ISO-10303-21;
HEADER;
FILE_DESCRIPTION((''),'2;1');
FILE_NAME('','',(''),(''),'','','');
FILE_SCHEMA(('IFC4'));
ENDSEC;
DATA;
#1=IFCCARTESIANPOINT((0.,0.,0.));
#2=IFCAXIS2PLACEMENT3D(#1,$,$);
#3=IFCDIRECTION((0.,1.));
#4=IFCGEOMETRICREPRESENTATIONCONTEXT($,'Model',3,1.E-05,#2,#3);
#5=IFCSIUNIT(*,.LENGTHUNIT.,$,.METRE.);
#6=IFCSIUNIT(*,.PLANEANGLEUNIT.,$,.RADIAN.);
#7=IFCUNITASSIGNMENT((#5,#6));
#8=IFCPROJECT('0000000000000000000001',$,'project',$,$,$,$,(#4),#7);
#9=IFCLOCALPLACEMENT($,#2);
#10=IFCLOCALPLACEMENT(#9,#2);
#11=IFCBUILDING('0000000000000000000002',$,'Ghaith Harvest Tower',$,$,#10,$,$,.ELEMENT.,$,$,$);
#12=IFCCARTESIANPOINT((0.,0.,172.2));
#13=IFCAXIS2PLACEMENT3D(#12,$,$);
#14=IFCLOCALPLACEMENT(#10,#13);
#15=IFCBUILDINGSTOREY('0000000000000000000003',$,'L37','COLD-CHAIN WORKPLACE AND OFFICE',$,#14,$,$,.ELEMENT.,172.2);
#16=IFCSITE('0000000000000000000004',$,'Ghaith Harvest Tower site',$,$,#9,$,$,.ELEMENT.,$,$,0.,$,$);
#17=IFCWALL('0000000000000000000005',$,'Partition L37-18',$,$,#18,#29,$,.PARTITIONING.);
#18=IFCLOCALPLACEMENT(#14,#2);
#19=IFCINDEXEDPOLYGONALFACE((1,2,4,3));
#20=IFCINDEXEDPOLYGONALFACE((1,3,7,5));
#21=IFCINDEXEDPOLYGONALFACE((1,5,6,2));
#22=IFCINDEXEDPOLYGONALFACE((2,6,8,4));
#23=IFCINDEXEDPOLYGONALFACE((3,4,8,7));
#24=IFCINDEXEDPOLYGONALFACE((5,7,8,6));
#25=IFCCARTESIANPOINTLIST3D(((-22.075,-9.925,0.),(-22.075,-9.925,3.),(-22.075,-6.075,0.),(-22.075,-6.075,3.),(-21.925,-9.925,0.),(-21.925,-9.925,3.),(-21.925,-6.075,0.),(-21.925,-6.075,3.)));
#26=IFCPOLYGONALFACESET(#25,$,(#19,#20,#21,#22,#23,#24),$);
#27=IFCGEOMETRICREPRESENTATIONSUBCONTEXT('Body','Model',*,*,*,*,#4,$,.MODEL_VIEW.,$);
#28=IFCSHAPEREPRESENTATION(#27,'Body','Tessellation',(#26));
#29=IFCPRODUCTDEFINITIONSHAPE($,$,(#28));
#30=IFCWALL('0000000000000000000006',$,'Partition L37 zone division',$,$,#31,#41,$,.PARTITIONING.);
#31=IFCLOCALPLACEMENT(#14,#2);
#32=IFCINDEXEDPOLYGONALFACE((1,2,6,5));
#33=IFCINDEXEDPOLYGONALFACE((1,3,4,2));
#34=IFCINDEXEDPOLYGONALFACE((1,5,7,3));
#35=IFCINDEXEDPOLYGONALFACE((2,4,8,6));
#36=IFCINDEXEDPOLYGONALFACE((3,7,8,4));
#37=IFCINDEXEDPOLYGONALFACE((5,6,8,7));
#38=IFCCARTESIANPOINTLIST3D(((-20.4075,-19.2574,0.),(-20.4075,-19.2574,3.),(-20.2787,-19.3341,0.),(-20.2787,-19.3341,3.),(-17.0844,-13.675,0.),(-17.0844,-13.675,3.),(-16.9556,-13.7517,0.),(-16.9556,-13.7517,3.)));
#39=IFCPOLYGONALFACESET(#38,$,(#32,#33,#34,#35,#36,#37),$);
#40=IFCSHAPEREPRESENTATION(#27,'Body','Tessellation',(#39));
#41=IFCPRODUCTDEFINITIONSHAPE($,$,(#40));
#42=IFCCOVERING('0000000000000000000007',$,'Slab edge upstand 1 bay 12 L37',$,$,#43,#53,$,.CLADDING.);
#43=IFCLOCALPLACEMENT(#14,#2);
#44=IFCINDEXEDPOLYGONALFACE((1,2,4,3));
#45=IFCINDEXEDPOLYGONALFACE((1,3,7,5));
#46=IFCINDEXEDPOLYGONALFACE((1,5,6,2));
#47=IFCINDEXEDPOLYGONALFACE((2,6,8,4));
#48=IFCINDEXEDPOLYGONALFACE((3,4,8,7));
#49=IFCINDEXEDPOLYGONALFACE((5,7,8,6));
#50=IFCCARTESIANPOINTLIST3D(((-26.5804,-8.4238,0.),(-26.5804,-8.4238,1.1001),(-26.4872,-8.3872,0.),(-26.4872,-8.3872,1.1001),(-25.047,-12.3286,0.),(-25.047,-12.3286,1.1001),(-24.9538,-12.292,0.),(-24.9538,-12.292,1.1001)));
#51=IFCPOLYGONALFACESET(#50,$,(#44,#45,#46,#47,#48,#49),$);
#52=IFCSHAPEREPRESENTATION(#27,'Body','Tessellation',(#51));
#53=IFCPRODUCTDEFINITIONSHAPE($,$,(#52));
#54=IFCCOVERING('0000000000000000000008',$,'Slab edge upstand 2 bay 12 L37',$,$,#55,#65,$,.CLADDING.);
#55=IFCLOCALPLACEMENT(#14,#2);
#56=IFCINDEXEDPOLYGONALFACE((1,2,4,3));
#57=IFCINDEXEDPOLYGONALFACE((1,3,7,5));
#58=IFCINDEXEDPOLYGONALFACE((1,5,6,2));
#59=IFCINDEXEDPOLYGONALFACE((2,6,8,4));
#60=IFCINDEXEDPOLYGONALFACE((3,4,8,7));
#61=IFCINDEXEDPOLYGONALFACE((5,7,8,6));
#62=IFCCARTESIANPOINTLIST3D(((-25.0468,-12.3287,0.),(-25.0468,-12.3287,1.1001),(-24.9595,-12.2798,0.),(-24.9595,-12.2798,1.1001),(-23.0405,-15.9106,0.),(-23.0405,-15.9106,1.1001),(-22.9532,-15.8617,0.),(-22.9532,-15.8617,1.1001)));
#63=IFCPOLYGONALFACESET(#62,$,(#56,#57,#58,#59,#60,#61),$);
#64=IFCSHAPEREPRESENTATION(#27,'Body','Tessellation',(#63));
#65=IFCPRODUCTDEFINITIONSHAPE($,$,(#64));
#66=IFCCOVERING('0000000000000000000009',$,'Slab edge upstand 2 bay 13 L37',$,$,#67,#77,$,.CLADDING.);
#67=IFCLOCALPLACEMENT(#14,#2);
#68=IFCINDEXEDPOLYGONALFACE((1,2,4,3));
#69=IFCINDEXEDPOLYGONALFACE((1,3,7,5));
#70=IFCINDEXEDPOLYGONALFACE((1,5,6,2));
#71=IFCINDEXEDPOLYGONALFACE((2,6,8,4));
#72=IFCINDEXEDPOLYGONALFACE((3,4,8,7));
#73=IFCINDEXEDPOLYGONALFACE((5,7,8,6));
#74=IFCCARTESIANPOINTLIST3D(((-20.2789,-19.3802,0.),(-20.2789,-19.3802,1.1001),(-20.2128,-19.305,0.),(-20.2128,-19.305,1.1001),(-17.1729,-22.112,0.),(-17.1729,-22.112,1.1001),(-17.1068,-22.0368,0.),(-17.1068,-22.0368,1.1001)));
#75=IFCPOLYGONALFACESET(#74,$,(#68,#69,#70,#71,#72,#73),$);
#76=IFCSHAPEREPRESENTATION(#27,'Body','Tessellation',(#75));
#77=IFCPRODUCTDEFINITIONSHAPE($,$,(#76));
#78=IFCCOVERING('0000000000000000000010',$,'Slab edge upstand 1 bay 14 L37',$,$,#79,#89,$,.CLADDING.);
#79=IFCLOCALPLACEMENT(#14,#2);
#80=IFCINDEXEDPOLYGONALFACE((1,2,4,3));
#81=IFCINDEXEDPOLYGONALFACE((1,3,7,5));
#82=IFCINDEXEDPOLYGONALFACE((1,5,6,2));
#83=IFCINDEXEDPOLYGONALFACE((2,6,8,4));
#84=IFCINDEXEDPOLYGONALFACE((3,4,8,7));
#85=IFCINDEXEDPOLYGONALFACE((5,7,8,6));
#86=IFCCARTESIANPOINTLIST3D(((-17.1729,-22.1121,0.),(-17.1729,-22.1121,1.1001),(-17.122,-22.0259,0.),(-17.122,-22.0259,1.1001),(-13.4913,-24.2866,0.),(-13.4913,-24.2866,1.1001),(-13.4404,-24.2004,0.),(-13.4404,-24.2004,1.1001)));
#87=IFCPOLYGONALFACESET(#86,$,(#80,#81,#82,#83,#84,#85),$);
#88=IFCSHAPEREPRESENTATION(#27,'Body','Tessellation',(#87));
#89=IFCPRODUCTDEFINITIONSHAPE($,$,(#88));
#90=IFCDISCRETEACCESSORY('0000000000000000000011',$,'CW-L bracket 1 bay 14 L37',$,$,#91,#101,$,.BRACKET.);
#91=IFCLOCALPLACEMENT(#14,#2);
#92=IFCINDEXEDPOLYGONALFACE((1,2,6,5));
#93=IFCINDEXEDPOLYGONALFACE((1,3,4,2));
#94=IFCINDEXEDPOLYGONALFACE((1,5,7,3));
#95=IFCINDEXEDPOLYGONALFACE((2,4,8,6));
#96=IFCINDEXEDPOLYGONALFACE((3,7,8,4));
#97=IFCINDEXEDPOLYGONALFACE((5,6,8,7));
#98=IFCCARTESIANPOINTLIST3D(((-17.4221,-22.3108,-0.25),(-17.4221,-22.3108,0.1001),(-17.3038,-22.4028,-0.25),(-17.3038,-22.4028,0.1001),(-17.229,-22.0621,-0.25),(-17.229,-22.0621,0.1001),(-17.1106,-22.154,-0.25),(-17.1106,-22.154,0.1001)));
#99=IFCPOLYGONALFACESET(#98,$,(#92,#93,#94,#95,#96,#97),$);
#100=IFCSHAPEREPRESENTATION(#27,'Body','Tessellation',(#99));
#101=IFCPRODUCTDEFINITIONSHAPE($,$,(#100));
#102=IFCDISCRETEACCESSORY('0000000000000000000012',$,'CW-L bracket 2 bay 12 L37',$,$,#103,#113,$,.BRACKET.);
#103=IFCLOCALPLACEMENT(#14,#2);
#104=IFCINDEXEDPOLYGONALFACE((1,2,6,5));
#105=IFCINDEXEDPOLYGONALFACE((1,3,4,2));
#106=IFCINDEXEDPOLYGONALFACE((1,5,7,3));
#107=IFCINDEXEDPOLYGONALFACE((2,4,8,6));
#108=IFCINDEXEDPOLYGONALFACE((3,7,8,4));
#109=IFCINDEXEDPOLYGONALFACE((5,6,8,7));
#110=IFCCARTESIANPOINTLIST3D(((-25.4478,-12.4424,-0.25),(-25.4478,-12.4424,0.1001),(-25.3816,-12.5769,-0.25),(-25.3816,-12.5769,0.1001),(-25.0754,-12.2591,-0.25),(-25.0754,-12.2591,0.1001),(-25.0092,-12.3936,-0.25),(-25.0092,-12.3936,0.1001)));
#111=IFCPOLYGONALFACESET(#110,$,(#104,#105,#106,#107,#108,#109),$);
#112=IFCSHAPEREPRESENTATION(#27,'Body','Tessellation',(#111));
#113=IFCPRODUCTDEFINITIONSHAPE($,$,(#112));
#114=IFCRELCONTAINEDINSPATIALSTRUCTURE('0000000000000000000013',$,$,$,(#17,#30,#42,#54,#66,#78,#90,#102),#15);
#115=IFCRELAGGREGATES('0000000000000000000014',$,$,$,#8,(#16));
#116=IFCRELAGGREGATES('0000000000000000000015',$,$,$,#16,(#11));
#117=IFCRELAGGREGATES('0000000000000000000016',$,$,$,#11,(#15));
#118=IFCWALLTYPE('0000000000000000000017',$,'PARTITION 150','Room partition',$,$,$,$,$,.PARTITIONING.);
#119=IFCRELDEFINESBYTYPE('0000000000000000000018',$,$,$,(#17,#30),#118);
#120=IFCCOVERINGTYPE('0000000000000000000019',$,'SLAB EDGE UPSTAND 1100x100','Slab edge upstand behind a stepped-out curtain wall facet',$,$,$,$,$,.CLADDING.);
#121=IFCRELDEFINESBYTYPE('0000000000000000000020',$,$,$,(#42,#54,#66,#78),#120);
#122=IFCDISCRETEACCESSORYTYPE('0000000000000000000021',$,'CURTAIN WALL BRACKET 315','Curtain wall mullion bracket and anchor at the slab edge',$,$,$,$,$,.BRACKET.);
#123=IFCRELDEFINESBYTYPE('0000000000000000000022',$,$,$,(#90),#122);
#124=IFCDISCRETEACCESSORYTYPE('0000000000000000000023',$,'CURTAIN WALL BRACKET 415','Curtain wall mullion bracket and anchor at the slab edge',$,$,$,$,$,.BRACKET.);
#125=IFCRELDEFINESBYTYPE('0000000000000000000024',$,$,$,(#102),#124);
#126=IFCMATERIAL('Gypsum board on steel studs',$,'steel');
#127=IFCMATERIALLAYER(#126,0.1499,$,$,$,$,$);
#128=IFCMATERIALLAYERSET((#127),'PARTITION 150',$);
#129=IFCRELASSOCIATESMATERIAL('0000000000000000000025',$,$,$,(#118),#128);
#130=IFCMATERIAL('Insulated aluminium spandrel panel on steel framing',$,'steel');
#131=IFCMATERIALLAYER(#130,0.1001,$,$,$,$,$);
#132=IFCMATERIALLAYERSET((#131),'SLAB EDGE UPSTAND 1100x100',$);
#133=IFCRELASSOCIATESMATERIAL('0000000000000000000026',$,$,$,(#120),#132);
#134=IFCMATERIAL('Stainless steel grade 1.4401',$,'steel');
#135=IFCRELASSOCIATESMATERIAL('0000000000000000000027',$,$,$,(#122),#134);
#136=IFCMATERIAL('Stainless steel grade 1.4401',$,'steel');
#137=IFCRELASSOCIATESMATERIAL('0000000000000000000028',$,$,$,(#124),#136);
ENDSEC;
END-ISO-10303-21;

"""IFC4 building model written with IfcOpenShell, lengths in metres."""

from ifc_helpers import new_model, si_unit, direction, frame, frame_2d, origin, origin_2d, place, context, subcontext, project, spatial, rectangle, extrude, material, layer, layer_set, type_object, element, save


model = new_model("IFC4")

# Units and contexts
model_context = context("Model", 3, precision=1e-05, world=origin(), true_north=direction((0.0, 1.0)))
body_context = subcontext(model_context, "Body", "Model", "MODEL_VIEW")
ifc_project = project(units=[si_unit("LENGTHUNIT", "METRE"), si_unit("PLANEANGLEUNIT", "RADIAN")], contexts=[model_context])

# Site, building, storey
site_placement = place(None, origin())
site = spatial("IfcSite", under=ifc_project, at=site_placement, Name="Ghaith Harvest Tower site", CompositionType="ELEMENT", RefElevation=0.0)
building_placement = place(site_placement, origin())
building = spatial("IfcBuilding", under=site, at=building_placement, Name="Ghaith Harvest Tower", CompositionType="ELEMENT")
storey_placement = place(building_placement, frame((0.0, 0.0, 172.2)))
storey = spatial("IfcBuildingStorey", under=building, at=storey_placement, Name="L37", Description="COLD-CHAIN WORKPLACE AND OFFICE", CompositionType="ELEMENT", Elevation=172.2)

# Shared definitions
ifc_material_1 = material(Name="Gypsum board on steel studs", Category="steel")
ifc_layer_1 = layer(ifc_material_1, 0.1499)
ifc_layer_set_1 = layer_set([ifc_layer_1], Name="PARTITION 150")
wall_type = type_object("IfcWallType", Name="PARTITION 150", Description="Room partition", PredefinedType="PARTITIONING", material=ifc_layer_set_1)

# Walls
wall_1_placement = place(storey_placement, frame((-22.0, -9.925, 0.0), z_axis=(0.0, 0.0, 1.0), x_axis=(0.0, 1.0, 0.0)))
element("IfcWall", 1, at=wall_1_placement, inside=storey, type_object=wall_type, Name="Partition L37-18", PredefinedType="PARTITIONING", context=body_context, shape_type="SweptSolid", body=[
    extrude(rectangle(XDim=3.8501, YDim=0.1499, at=frame_2d((1.925, 0.0))), origin(), (0.0, 0.0, 1.0), 3.0),
])
wall_2_placement = place(storey_placement, frame((-17.02, -13.7134, 0.0), z_axis=(0.0, 0.0, 1.0), x_axis=(-0.511508, -0.859278, 0.0)))
element("IfcWall", 2, at=wall_2_placement, inside=storey, type_object=wall_type, Name="Partition L37 zone division", PredefinedType="PARTITIONING", context=body_context, shape_type="SweptSolid", body=[
    extrude(rectangle(XDim=6.4966, YDim=0.1499, at=frame_2d((3.2483, 0.0))), origin(), (0.0, 0.0, 1.0), 3.0),
])

# Coverings
ifc_material_2 = material(Name="Insulated aluminium spandrel panel on steel framing", Category="steel")
ifc_layer_2 = layer(ifc_material_2, 0.1001)
ifc_layer_set_2 = layer_set([ifc_layer_2], Name="SLAB EDGE UPSTAND 1100x100")
covering_type = type_object("IfcCoveringType", Name="SLAB EDGE UPSTAND 1100x100", Description="Slab edge upstand behind a stepped-out curtain wall facet", PredefinedType="CLADDING", material=ifc_layer_set_2)
covering_1_placement = place(storey_placement, frame((-25.7671, -10.3579, 0.0), z_axis=(0.0, 0.0, 1.0), x_axis=(0.365515, -0.930805, 0.0)))
element("IfcCovering", 3, at=covering_1_placement, inside=storey, type_object=covering_type, Name="Slab edge upstand 1 bay 12 L37", PredefinedType="CLADDING", context=body_context, shape_type="SweptSolid", body=[
    extrude(rectangle(XDim=4.1951, YDim=0.1001, at=origin_2d()), origin(), (0.0, 0.0, 1.0), 1.1001),
])
covering_2_placement = place(storey_placement, frame((-24.0, -14.0952, 0.0), z_axis=(0.0, 0.0, 1.0), x_axis=(0.488684, -0.872461, 0.0)))
element("IfcCovering", 4, at=covering_2_placement, inside=storey, type_object=covering_type, Name="Slab edge upstand 2 bay 12 L37", PredefinedType="CLADDING", context=body_context, shape_type="SweptSolid", body=[
    extrude(rectangle(XDim=4.1055, YDim=0.1001, at=origin_2d()), origin(), (0.0, 0.0, 1.0), 1.1001),
])
covering_3_placement = place(storey_placement, frame((-18.6929, -20.7085, 0.0), z_axis=(0.0, 0.0, 1.0), x_axis=(0.750892, -0.660425, 0.0)))
element("IfcCovering", 5, at=covering_3_placement, inside=storey, type_object=covering_type, Name="Slab edge upstand 2 bay 13 L37", PredefinedType="CLADDING", context=body_context, shape_type="SweptSolid", body=[
    extrude(rectangle(XDim=4.1365, YDim=0.1001, at=origin_2d()), origin(), (0.0, 0.0, 1.0), 1.1001),
])
covering_4_placement = place(storey_placement, frame((-15.3066, -23.1562, 0.0), z_axis=(0.0, 0.0, 1.0), x_axis=(0.861021, -0.50857, 0.0)))
element("IfcCovering", 6, at=covering_4_placement, inside=storey, type_object=covering_type, Name="Slab edge upstand 1 bay 14 L37", PredefinedType="CLADDING", context=body_context, shape_type="SweptSolid", body=[
    extrude(rectangle(XDim=4.2759, YDim=0.1001, at=origin_2d()), origin(), (0.0, 0.0, 1.0), 1.1001),
])

# Discrete accessories
ifc_material_3 = material(Name="Stainless steel grade 1.4401", Category="steel")
discrete_accessory_type_1 = type_object("IfcDiscreteAccessoryType", Name="CURTAIN WALL BRACKET 315", Description="Curtain wall mullion bracket and anchor at the slab edge", PredefinedType="BRACKET", material=ifc_material_3)
discrete_accessory_1_placement = place(storey_placement, frame((-17.2664, -22.2324, -0.25), z_axis=(0.0, 0.0, 1.0), x_axis=(-0.613378, -0.78979, 0.0)))
element("IfcDiscreteAccessory", 7, at=discrete_accessory_1_placement, inside=storey, type_object=discrete_accessory_type_1, Name="CW-L bracket 1 bay 14 L37", PredefinedType="BRACKET", context=body_context, shape_type="SweptSolid", body=[
    extrude(rectangle(XDim=0.3149, YDim=0.1499, at=origin_2d()), origin(), (0.0, 0.0, 1.0), 0.3501),
])
ifc_material_4 = material(Name="Stainless steel grade 1.4401", Category="steel")
discrete_accessory_type_2 = type_object("IfcDiscreteAccessoryType", Name="CURTAIN WALL BRACKET 415", Description="Curtain wall mullion bracket and anchor at the slab edge", PredefinedType="BRACKET", material=ifc_material_4)
discrete_accessory_2_placement = place(storey_placement, frame((-25.2285, -12.418, -0.25), z_axis=(0.0, 0.0, 1.0), x_axis=(-0.897201, -0.441622, 0.0)))
element("IfcDiscreteAccessory", 8, at=discrete_accessory_2_placement, inside=storey, type_object=discrete_accessory_type_2, Name="CW-L bracket 2 bay 12 L37", PredefinedType="BRACKET", context=body_context, shape_type="SweptSolid", body=[
    extrude(rectangle(XDim=0.415, YDim=0.1499, at=origin_2d()), origin(), (0.0, 0.0, 1.0), 0.3501),
])

save(model, "model.ifc")
